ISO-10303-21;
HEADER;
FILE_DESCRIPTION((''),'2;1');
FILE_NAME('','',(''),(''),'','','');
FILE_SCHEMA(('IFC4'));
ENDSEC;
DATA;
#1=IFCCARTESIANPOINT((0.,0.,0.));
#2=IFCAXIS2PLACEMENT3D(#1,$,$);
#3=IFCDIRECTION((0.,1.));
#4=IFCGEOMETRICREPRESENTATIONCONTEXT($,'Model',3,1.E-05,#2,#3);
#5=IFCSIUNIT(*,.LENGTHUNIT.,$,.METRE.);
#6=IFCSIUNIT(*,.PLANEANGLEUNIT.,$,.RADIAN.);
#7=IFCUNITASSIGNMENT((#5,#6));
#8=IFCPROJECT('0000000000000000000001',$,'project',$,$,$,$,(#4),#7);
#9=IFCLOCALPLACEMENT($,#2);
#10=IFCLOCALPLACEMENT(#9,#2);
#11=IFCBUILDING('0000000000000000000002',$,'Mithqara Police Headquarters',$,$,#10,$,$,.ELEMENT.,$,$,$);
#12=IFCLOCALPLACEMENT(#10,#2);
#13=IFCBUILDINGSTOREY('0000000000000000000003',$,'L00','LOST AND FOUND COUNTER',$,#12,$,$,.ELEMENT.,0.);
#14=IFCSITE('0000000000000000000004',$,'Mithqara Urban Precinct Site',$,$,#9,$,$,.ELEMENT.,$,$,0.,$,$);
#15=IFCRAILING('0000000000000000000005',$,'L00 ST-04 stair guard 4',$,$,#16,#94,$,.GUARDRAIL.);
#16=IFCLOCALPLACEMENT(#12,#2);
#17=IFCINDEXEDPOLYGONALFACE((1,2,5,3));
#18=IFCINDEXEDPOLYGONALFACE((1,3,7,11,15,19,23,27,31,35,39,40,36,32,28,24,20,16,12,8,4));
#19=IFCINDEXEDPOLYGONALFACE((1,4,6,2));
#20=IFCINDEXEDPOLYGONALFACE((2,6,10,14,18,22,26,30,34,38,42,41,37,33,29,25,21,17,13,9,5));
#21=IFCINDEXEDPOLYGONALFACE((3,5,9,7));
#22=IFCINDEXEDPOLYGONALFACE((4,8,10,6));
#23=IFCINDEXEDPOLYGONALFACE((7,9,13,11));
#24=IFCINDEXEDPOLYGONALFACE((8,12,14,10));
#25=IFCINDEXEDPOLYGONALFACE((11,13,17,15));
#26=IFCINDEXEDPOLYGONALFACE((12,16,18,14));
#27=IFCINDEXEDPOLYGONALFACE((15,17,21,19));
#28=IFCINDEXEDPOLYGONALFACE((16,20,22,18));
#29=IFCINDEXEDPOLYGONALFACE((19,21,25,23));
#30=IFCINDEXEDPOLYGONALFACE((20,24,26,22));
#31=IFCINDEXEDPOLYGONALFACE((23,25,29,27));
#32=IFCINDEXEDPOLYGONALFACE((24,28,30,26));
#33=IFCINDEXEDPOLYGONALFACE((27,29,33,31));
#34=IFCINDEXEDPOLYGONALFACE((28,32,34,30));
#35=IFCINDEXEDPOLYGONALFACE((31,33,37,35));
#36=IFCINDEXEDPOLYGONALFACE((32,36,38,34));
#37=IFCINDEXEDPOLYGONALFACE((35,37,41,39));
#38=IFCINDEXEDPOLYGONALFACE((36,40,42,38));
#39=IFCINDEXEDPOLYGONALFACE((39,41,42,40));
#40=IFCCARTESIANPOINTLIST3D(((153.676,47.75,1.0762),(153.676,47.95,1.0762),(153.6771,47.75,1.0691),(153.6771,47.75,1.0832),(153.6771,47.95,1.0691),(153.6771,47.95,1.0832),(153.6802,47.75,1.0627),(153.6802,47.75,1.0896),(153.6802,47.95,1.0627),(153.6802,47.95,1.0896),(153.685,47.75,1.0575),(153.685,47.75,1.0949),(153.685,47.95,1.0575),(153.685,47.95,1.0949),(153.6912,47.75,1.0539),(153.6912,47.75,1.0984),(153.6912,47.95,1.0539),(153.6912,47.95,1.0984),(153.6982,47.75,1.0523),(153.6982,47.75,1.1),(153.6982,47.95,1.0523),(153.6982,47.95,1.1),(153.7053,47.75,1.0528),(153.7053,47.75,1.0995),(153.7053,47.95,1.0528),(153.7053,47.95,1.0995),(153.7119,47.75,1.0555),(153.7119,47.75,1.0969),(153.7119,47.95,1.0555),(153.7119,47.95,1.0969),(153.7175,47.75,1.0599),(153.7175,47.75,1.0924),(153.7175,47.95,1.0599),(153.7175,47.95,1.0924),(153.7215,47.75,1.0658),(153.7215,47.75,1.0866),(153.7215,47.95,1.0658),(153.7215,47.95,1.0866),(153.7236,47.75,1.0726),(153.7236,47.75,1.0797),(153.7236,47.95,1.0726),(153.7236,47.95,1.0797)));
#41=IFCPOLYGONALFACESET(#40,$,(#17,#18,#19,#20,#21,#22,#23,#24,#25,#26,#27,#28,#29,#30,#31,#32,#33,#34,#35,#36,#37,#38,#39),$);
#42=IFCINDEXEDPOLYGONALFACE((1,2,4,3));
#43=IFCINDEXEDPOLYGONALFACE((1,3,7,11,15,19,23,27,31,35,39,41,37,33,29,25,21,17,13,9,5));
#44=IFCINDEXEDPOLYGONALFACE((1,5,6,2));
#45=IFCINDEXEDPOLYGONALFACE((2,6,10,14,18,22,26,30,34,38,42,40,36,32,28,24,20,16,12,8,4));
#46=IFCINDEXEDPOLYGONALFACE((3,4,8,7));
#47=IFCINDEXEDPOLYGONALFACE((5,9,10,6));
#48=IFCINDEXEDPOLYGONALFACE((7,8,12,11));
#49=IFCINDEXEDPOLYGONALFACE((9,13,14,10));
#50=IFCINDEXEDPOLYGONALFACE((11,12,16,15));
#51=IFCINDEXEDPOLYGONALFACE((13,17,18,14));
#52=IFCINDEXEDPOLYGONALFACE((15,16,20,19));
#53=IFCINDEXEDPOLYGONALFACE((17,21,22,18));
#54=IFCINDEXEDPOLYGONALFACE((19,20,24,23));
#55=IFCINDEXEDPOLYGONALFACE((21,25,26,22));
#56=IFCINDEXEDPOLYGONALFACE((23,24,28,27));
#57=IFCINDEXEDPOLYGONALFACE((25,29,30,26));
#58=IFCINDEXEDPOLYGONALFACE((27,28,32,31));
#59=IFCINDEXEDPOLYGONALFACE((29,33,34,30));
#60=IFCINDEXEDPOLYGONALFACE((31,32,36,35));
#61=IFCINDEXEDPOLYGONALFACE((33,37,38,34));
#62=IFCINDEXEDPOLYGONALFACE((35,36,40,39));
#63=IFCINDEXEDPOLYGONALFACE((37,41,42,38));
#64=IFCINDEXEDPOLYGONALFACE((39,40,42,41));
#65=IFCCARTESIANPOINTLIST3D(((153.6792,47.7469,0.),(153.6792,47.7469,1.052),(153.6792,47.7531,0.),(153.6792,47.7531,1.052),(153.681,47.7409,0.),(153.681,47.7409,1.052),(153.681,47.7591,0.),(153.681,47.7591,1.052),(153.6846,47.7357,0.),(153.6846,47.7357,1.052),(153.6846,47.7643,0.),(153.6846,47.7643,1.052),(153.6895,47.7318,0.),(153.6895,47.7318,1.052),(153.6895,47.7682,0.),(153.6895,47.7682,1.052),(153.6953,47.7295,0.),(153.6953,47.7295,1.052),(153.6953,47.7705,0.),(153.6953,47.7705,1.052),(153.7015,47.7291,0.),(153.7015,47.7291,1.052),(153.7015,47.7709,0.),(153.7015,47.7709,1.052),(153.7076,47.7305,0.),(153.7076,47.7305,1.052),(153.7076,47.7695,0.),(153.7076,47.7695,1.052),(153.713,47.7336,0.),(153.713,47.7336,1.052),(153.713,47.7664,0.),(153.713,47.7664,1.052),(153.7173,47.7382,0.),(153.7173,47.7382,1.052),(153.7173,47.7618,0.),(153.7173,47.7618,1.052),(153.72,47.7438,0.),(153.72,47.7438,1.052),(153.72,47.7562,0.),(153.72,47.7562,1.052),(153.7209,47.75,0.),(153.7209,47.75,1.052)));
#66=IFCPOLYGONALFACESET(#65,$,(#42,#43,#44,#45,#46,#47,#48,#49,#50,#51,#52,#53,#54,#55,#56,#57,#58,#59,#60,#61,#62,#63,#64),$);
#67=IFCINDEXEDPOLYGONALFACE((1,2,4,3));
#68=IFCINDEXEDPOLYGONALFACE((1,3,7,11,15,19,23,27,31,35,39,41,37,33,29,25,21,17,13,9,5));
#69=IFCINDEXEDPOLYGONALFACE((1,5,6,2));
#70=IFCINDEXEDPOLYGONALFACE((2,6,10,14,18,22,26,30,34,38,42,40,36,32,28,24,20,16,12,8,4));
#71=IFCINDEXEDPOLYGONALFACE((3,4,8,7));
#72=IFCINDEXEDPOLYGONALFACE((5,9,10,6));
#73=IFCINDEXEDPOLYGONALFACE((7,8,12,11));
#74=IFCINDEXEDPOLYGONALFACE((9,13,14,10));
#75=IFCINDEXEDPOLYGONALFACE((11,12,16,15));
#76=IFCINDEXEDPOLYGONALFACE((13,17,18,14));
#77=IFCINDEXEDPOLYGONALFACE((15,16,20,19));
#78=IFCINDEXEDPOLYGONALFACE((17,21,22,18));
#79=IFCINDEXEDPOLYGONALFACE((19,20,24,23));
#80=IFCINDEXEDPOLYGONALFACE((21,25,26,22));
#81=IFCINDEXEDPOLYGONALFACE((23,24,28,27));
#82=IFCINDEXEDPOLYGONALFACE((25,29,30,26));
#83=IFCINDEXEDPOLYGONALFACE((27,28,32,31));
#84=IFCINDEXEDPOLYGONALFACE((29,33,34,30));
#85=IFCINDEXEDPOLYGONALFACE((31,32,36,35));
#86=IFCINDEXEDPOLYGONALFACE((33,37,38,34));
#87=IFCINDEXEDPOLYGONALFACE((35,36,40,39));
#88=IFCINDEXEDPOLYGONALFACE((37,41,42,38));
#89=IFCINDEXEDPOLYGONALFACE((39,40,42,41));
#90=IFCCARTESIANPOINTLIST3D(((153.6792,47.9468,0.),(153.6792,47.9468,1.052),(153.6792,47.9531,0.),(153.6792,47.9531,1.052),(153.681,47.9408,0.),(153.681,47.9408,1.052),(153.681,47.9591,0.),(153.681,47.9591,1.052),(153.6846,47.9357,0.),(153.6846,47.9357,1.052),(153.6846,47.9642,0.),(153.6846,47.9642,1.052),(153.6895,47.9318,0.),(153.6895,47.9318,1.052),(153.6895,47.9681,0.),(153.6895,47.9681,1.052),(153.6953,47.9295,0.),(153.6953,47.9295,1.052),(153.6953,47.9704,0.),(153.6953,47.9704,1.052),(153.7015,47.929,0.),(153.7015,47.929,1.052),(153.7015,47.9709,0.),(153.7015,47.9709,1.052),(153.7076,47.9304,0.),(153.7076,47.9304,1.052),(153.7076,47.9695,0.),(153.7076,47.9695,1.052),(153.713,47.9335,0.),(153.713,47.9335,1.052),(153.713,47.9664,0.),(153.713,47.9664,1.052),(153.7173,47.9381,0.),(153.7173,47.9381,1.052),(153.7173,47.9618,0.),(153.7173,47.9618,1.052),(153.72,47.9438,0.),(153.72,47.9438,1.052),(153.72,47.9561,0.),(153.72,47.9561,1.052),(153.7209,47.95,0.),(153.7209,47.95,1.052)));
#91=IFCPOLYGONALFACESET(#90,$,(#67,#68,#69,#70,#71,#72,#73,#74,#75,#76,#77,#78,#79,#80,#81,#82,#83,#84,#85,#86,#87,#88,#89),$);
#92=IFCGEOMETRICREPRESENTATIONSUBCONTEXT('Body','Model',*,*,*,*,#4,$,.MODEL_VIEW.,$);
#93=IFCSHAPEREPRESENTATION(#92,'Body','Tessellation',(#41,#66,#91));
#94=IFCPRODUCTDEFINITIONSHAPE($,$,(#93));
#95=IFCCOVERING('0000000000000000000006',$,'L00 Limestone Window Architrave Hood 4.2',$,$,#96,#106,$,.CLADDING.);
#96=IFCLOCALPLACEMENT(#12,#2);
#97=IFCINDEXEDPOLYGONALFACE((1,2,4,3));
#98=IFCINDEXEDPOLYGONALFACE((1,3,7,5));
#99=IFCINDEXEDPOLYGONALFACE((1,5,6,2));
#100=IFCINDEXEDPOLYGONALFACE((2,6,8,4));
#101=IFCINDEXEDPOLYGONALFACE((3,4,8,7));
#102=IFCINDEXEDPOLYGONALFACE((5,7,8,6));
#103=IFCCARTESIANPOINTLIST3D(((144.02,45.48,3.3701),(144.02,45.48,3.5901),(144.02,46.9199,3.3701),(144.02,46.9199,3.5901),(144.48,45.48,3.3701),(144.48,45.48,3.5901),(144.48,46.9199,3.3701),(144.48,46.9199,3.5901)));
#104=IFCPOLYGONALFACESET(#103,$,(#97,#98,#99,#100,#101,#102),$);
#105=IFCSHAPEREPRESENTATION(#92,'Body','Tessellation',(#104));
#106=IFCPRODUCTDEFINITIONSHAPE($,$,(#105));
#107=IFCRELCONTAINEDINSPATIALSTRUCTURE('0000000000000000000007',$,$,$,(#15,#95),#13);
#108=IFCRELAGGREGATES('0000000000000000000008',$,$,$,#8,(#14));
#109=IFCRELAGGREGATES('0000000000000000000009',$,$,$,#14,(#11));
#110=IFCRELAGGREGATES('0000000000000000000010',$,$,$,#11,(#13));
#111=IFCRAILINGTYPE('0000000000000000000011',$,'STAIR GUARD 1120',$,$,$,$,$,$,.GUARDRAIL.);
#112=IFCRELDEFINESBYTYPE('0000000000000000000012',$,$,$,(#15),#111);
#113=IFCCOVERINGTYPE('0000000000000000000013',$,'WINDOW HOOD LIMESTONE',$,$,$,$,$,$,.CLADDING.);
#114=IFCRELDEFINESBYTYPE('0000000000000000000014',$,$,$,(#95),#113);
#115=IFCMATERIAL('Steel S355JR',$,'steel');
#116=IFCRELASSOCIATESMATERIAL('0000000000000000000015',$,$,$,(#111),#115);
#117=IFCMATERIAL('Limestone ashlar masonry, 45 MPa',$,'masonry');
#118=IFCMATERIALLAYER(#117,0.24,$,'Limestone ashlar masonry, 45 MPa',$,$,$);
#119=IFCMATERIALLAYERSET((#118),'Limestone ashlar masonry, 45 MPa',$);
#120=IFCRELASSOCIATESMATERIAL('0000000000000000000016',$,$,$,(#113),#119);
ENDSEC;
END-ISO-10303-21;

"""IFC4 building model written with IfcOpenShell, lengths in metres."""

from ifc_helpers import new_model, si_unit, direction, frame, origin, origin_2d, place, context, subcontext, project, spatial, rectangle, circle, extrude, material, layer, layer_set, type_object, element, save


model = new_model("IFC4")

# Units and contexts
model_context = context("Model", 3, precision=1e-05, world=origin(), true_north=direction((0.0, 1.0)))
body_context = subcontext(model_context, "Body", "Model", "MODEL_VIEW")
ifc_project = project(units=[si_unit("LENGTHUNIT", "METRE"), si_unit("PLANEANGLEUNIT", "RADIAN")], contexts=[model_context])

# Site, building, storey
site_placement = place(None, origin())
site = spatial("IfcSite", under=ifc_project, at=site_placement, Name="Mithqara Urban Precinct Site", CompositionType="ELEMENT", RefElevation=0.0)
building_placement = place(site_placement, origin())
building = spatial("IfcBuilding", under=site, at=building_placement, Name="Mithqara Police Headquarters", CompositionType="ELEMENT")
storey_placement = place(building_placement, origin())
storey = spatial("IfcBuildingStorey", under=building, at=storey_placement, Name="L00", Description="LOST AND FOUND COUNTER", CompositionType="ELEMENT", Elevation=0.0)

# Shared definitions
ifc_material_1 = material(Name="Steel S355JR", Category="steel")

# Railing
railing_type_1 = type_object("IfcRailingType", Name="STAIR GUARD 1120", PredefinedType="GUARDRAIL", material=ifc_material_1)
railing_1_placement = place(storey_placement, frame((153.7, 47.75, 0.0)))
element("IfcRailing", 1, at=railing_1_placement, inside=storey, type_object=railing_type_1, Name="L00 ST-04 stair guard 4", PredefinedType="GUARDRAIL", context=body_context, shape_type="SweptSolid", body=[
    extrude(circle(Radius=0.0239, at=origin_2d()), frame((0.0, 0.0, 1.0762), z_axis=(0.0, 1.0, 0.0), x_axis=(-1.0, 0.0, 0.0)), (0.0, 0.0, 1.0), 0.2),
    extrude(circle(Radius=0.021, at=origin_2d()), origin(), (0.0, 0.0, 1.0), 1.052),
    extrude(circle(Radius=0.021, at=origin_2d()), frame((0.0, 0.2, 0.0)), (0.0, 0.0, 1.0), 1.052),
])

# Covering
ifc_material_2 = material(Name="Limestone ashlar masonry, 45 MPa", Category="masonry")
ifc_layer_1 = layer(ifc_material_2, 0.24, Name="Limestone ashlar masonry, 45 MPa")
ifc_layer_set_1 = layer_set([ifc_layer_1], Name="Limestone ashlar masonry, 45 MPa")
covering_type = type_object("IfcCoveringType", Name="WINDOW HOOD LIMESTONE", PredefinedType="CLADDING", material=ifc_layer_set_1)
covering_placement = place(storey_placement, frame((144.25, 46.2, 3.3701), z_axis=(0.0, 0.0, 1.0), x_axis=(0.0, 1.0, 0.0)))
element("IfcCovering", 2, at=covering_placement, inside=storey, type_object=covering_type, Name="L00 Limestone Window Architrave Hood 4.2", PredefinedType="CLADDING", context=body_context, shape_type="SweptSolid", body=[
    extrude(rectangle(XDim=1.4399, YDim=0.46, at=origin_2d()), origin(), (0.0, 0.0, 1.0), 0.22),
])

save(model, "model.ifc")
